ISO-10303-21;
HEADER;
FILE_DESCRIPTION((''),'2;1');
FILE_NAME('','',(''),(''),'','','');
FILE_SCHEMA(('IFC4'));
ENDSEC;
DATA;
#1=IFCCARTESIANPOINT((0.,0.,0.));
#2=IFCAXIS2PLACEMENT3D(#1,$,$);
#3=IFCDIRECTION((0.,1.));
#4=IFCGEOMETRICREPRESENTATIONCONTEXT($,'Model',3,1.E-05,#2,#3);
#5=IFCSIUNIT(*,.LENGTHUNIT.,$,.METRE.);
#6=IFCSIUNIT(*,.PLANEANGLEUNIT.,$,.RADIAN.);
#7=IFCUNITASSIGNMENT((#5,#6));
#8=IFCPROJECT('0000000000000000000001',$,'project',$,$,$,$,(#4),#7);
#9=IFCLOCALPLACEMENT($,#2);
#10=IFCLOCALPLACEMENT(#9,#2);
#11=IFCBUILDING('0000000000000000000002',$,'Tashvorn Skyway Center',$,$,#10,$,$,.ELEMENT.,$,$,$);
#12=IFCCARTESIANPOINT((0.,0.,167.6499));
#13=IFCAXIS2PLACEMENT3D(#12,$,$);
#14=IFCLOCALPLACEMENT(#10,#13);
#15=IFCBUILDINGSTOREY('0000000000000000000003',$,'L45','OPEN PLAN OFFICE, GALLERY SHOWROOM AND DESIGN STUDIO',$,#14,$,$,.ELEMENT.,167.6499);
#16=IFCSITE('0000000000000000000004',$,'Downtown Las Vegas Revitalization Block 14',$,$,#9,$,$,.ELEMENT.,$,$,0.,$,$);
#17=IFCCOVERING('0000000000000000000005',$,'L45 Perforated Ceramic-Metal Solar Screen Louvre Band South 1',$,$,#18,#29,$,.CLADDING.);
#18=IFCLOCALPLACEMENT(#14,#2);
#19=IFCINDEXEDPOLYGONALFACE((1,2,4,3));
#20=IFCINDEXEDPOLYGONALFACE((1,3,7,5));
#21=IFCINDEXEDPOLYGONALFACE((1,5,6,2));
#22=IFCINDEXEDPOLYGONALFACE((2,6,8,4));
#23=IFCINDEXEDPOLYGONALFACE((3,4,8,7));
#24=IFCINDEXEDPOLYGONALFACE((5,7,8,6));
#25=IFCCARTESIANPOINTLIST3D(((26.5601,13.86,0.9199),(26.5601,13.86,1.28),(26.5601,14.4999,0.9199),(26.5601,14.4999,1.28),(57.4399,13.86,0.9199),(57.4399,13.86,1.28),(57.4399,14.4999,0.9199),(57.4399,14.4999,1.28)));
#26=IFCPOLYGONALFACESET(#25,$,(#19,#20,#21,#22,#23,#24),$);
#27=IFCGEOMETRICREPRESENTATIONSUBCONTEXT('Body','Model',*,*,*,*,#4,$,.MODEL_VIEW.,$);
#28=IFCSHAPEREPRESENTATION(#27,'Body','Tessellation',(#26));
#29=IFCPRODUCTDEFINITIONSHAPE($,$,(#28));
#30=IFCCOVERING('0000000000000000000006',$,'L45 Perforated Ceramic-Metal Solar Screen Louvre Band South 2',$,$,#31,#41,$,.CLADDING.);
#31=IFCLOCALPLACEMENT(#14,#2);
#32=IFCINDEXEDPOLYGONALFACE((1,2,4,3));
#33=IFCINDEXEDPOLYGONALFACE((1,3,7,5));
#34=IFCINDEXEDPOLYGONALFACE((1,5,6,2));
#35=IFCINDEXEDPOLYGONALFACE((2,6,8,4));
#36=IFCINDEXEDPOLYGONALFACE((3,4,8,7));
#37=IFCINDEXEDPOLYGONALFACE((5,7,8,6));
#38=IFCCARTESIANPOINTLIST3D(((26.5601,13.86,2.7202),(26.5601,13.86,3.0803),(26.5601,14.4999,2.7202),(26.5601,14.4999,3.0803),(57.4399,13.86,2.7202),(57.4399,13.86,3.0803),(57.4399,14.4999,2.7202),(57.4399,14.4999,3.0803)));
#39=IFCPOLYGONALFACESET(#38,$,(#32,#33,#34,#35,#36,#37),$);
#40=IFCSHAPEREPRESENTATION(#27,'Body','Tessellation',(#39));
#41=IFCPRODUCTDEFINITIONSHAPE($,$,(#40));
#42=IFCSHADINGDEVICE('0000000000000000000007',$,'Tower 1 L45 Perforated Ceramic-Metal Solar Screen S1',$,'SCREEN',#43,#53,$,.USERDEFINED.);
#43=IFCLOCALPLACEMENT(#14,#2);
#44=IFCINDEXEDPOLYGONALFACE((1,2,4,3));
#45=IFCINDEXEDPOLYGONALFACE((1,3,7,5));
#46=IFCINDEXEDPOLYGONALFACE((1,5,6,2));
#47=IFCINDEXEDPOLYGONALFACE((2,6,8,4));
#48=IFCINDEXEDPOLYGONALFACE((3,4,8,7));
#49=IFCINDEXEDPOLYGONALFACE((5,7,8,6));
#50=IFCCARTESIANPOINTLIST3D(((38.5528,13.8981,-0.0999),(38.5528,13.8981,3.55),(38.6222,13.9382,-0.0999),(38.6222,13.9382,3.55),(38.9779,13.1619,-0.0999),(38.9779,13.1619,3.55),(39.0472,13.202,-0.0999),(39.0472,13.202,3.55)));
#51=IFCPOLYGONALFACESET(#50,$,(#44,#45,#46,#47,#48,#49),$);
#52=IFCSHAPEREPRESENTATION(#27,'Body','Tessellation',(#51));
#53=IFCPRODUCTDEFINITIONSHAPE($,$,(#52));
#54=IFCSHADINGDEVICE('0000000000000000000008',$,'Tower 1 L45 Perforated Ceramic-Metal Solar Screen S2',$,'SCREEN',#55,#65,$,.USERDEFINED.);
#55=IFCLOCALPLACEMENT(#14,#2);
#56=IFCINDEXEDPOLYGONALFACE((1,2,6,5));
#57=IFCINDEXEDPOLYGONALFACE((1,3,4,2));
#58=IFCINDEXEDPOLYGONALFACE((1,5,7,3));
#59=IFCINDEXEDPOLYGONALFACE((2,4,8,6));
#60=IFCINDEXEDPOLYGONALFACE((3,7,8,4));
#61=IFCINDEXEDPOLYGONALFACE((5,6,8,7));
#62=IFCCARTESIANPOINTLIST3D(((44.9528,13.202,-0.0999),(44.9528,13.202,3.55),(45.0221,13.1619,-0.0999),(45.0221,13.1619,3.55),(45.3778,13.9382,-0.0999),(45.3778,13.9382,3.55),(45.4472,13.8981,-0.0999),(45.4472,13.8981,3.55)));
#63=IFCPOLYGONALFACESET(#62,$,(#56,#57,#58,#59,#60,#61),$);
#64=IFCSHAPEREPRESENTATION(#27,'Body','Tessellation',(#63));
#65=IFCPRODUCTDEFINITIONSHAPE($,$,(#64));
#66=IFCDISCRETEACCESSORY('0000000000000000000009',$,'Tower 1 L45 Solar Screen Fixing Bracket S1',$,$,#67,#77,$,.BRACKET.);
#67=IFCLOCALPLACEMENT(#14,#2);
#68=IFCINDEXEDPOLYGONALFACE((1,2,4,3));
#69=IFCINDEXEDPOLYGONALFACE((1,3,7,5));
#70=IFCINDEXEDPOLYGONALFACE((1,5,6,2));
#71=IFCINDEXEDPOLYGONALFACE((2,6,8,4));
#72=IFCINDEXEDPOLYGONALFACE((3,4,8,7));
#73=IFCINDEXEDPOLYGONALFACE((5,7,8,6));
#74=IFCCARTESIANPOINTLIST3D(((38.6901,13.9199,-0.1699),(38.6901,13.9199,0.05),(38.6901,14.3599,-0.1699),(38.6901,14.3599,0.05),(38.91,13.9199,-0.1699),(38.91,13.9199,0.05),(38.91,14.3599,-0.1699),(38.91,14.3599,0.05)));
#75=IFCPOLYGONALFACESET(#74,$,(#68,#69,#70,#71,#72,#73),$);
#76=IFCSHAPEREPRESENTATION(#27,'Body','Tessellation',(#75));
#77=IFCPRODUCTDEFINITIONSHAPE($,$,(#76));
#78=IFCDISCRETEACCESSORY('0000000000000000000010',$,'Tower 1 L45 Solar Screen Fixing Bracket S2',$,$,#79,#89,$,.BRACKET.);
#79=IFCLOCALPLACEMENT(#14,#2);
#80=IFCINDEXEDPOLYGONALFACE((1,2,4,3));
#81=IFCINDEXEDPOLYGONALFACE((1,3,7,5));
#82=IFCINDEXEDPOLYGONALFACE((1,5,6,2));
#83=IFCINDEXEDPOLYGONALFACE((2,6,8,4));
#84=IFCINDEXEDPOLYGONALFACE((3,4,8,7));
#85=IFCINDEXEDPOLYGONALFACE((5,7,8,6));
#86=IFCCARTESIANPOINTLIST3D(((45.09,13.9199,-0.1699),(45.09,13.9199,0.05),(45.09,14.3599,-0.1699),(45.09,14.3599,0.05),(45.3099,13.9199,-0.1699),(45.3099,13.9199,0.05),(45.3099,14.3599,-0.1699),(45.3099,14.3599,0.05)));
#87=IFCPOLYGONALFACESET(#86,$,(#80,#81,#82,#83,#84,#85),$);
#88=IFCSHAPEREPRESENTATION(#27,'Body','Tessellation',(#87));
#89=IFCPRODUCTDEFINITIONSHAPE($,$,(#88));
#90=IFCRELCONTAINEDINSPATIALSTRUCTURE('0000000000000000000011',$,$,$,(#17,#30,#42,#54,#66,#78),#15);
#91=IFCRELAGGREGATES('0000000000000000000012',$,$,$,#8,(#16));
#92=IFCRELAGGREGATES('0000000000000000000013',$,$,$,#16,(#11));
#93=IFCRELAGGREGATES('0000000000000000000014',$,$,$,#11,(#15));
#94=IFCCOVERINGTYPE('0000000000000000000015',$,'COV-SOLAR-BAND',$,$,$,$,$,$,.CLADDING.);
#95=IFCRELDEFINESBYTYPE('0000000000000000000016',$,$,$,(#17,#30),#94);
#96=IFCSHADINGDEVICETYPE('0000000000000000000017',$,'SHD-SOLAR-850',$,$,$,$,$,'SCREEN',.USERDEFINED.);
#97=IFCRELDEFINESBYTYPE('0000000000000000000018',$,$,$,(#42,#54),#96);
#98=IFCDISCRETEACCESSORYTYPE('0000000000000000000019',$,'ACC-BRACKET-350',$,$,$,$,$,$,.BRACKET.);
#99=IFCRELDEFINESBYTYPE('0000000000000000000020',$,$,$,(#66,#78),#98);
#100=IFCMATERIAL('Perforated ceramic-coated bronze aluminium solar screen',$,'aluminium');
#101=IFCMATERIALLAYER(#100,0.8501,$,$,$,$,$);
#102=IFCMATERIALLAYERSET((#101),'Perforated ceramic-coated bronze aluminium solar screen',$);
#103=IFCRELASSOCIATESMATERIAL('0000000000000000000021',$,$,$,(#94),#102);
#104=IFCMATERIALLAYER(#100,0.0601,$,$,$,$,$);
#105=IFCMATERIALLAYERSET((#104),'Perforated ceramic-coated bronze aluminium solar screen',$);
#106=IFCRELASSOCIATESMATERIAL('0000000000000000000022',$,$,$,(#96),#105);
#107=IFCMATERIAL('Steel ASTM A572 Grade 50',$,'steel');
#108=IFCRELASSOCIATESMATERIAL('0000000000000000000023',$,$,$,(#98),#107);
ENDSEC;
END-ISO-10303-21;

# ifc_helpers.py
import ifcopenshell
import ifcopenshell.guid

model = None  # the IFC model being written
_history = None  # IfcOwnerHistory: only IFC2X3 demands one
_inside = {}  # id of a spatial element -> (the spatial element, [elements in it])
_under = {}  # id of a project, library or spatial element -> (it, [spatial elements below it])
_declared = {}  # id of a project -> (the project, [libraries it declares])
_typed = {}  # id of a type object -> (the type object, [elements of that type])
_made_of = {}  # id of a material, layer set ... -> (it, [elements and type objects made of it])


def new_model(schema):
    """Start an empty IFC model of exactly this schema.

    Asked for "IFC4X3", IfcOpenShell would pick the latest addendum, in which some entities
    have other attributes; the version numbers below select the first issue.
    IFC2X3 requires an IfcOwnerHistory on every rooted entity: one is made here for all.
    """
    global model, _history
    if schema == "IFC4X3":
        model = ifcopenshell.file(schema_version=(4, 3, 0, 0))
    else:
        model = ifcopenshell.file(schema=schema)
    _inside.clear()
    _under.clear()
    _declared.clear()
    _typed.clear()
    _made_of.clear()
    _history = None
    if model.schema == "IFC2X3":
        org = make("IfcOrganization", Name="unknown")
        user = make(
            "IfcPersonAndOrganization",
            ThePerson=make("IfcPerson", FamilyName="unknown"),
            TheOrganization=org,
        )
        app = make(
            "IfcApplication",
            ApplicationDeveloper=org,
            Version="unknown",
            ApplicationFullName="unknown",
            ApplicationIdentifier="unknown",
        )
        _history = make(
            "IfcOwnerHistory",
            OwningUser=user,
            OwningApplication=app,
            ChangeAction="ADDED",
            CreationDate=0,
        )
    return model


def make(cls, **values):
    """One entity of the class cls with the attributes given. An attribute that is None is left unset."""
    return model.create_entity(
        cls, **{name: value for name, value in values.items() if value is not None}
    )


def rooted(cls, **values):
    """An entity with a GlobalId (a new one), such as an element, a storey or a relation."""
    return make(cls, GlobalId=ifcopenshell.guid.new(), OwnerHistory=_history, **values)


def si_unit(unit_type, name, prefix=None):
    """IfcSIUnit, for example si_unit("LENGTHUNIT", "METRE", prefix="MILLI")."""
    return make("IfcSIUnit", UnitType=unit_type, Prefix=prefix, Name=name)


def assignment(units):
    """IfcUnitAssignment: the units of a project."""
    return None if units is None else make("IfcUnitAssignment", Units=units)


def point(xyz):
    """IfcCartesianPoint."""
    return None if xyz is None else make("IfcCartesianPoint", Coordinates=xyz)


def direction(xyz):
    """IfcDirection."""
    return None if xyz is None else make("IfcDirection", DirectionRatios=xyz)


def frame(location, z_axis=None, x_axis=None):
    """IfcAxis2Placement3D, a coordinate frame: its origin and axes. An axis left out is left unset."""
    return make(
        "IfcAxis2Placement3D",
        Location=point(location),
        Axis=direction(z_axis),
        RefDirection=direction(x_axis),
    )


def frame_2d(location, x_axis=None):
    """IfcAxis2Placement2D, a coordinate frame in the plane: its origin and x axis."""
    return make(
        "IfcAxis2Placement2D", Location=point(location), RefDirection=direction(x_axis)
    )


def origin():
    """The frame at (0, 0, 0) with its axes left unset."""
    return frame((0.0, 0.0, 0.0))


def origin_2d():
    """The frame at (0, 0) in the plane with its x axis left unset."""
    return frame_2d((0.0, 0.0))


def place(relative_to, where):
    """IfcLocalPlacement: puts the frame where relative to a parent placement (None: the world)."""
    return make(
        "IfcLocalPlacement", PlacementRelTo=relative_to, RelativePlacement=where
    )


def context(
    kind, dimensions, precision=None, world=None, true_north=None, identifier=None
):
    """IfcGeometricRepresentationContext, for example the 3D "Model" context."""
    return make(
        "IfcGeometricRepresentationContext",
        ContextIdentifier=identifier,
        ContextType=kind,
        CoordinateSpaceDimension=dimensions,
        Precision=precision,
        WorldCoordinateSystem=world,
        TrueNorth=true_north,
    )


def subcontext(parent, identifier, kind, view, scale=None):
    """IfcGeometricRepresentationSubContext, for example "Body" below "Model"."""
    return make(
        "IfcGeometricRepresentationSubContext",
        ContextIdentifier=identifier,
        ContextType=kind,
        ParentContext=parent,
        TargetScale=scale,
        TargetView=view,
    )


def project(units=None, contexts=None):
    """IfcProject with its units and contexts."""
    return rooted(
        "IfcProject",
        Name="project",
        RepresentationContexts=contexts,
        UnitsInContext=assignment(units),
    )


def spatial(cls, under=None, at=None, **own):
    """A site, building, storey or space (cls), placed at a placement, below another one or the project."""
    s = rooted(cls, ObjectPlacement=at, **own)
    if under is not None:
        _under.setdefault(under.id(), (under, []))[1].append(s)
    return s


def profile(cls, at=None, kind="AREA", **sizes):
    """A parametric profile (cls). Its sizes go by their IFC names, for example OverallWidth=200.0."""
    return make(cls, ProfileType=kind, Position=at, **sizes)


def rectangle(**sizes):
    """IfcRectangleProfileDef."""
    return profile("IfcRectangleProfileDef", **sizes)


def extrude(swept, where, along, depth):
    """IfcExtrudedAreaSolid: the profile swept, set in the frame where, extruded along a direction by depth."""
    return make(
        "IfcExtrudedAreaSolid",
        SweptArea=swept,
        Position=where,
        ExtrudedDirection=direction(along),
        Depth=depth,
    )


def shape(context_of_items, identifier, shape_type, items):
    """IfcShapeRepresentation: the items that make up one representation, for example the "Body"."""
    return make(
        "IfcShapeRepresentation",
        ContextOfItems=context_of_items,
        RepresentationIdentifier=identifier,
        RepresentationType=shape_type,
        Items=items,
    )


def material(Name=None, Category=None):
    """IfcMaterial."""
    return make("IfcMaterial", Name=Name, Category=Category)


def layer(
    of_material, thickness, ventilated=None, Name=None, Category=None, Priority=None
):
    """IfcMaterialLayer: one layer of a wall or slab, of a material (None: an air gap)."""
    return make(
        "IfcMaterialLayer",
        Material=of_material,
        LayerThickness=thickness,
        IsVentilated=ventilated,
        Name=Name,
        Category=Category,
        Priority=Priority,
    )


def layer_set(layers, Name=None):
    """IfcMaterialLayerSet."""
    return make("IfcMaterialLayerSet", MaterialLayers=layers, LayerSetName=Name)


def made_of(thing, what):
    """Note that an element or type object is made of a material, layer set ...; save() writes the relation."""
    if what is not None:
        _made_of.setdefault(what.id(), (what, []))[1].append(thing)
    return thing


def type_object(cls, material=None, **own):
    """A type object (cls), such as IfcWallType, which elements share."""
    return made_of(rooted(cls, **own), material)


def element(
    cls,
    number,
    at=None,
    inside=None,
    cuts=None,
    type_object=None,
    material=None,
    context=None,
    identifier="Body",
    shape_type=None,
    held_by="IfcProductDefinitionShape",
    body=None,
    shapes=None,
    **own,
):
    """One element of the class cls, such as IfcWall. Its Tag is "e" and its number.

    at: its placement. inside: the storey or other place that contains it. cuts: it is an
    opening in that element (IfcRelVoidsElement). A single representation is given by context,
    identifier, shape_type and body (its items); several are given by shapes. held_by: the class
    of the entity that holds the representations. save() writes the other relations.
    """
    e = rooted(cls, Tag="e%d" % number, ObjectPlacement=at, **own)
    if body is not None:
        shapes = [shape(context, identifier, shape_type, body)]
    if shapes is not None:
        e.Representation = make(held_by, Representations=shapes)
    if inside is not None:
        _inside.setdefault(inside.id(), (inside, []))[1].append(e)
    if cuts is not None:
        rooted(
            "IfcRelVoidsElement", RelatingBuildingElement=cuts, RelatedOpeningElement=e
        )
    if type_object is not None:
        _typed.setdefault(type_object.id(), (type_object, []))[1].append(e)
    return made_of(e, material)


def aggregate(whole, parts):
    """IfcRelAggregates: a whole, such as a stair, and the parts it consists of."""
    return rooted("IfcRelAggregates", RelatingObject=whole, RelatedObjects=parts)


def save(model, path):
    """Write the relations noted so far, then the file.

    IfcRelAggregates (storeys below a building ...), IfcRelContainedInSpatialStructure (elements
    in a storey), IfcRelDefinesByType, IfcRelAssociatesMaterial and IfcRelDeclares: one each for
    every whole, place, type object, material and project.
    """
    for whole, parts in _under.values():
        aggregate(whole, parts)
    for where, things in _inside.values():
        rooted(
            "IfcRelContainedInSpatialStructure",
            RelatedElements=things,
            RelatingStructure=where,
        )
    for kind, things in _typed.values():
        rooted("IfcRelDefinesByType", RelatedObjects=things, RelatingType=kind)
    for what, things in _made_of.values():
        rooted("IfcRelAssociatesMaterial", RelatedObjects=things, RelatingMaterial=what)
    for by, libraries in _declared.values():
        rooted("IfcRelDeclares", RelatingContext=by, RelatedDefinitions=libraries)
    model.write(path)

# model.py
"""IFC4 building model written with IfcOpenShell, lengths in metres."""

from ifc_helpers import new_model, si_unit, direction, frame, origin, origin_2d, place, context, subcontext, project, spatial, rectangle, extrude, material, layer, layer_set, type_object, element, save


model = new_model("IFC4")

# Units and contexts
model_context = context("Model", 3, precision=1e-05, world=origin(), true_north=direction((0.0, 1.0)))
body_context = subcontext(model_context, "Body", "Model", "MODEL_VIEW")
ifc_project = project(units=[si_unit("LENGTHUNIT", "METRE"), si_unit("PLANEANGLEUNIT", "RADIAN")], contexts=[model_context])

# Site, building, storey
site_placement = place(None, origin())
site = spatial("IfcSite", under=ifc_project, at=site_placement, Name="Downtown Las Vegas Revitalization Block 14", CompositionType="ELEMENT", RefElevation=0.0)
building_placement = place(site_placement, origin())
building = spatial("IfcBuilding", under=site, at=building_placement, Name="Tashvorn Skyway Center", CompositionType="ELEMENT")
storey_placement = place(building_placement, frame((0.0, 0.0, 167.6499)))
storey = spatial("IfcBuildingStorey", under=building, at=storey_placement, Name="L45", Description="OPEN PLAN OFFICE, GALLERY SHOWROOM AND DESIGN STUDIO", CompositionType="ELEMENT", Elevation=167.6499)

# Shared definitions
ifc_material_1 = material(Name="Steel ASTM A572 Grade 50", Category="steel")

# Coverings
ifc_material_2 = material(Name="Perforated ceramic-coated bronze aluminium solar screen", Category="aluminium")
ifc_layer_1 = layer(ifc_material_2, 0.8501)
ifc_layer_set_1 = layer_set([ifc_layer_1], Name="Perforated ceramic-coated bronze aluminium solar screen")
covering_type = type_object("IfcCoveringType", Name="COV-SOLAR-BAND", PredefinedType="CLADDING", material=ifc_layer_set_1)
for number, where, z_axis, x_axis, name in (
    (1, (42.0, 14.1799, 0.9199), (0.0, 0.0, 1.0), (-1.0, 0.0, 0.0), "L45 Perforated Ceramic-Metal Solar Screen Louvre Band South 1"),
    (2, (42.0, 14.1799, 2.7202), (0.0, 0.0, 1.0), (-1.0, 0.0, 0.0), "L45 Perforated Ceramic-Metal Solar Screen Louvre Band South 2"),
):
    element("IfcCovering", number, at=place(storey_placement, frame(where, z_axis=z_axis, x_axis=x_axis)), inside=storey, type_object=covering_type, Name=name, PredefinedType="CLADDING", context=body_context, shape_type="SweptSolid", body=[
        extrude(rectangle(XDim=30.8799, YDim=0.6399, at=origin_2d()), origin(), (0.0, 0.0, 1.0), 0.3601),
    ])

# Shading devices
ifc_layer_2 = layer(ifc_material_2, 0.0601)
ifc_layer_set_2 = layer_set([ifc_layer_2], Name="Perforated ceramic-coated bronze aluminium solar screen")
shading_device_type = type_object("IfcShadingDeviceType", Name="SHD-SOLAR-850", ElementType="SCREEN", PredefinedType="USERDEFINED", material=ifc_layer_set_2)
for number, where, z_axis, x_axis, name in (
    (3, (38.8, 13.55, -0.0999), (0.0, 0.0, 1.0), (-0.866025, -0.5, 0.0), "Tower 1 L45 Perforated Ceramic-Metal Solar Screen S1"),
    (4, (45.2, 13.55, -0.0999), (0.0, 0.0, 1.0), (-0.866025, 0.5, 0.0), "Tower 1 L45 Perforated Ceramic-Metal Solar Screen S2"),
):
    element("IfcShadingDevice", number, at=place(storey_placement, frame(where, z_axis=z_axis, x_axis=x_axis)), inside=storey, type_object=shading_device_type, Name=name, ObjectType="SCREEN", PredefinedType="USERDEFINED", context=body_context, shape_type="SweptSolid", body=[
        extrude(rectangle(XDim=0.0801, YDim=0.8501, at=origin_2d()), origin(), (0.0, 0.0, 1.0), 3.6499),
    ])

# Discrete accessories
discrete_accessory_type = type_object("IfcDiscreteAccessoryType", Name="ACC-BRACKET-350", PredefinedType="BRACKET", material=ifc_material_1)
for number, where, z_axis, x_axis, name in (
    (5, (38.8, 14.1399, -0.1699), (0.0, 0.0, 1.0), (-1.0, 0.0, 0.0), "Tower 1 L45 Solar Screen Fixing Bracket S1"),
    (6, (45.2, 14.1399, -0.1699), (0.0, 0.0, 1.0), (-1.0, 0.0, 0.0), "Tower 1 L45 Solar Screen Fixing Bracket S2"),
):
    element("IfcDiscreteAccessory", number, at=place(storey_placement, frame(where, z_axis=z_axis, x_axis=x_axis)), inside=storey, type_object=discrete_accessory_type, Name=name, PredefinedType="BRACKET", context=body_context, shape_type="SweptSolid", body=[
        extrude(rectangle(XDim=0.22, YDim=0.4399, at=origin_2d()), origin(), (0.0, 0.0, 1.0), 0.22),
    ])

save(model, "model.ifc")
